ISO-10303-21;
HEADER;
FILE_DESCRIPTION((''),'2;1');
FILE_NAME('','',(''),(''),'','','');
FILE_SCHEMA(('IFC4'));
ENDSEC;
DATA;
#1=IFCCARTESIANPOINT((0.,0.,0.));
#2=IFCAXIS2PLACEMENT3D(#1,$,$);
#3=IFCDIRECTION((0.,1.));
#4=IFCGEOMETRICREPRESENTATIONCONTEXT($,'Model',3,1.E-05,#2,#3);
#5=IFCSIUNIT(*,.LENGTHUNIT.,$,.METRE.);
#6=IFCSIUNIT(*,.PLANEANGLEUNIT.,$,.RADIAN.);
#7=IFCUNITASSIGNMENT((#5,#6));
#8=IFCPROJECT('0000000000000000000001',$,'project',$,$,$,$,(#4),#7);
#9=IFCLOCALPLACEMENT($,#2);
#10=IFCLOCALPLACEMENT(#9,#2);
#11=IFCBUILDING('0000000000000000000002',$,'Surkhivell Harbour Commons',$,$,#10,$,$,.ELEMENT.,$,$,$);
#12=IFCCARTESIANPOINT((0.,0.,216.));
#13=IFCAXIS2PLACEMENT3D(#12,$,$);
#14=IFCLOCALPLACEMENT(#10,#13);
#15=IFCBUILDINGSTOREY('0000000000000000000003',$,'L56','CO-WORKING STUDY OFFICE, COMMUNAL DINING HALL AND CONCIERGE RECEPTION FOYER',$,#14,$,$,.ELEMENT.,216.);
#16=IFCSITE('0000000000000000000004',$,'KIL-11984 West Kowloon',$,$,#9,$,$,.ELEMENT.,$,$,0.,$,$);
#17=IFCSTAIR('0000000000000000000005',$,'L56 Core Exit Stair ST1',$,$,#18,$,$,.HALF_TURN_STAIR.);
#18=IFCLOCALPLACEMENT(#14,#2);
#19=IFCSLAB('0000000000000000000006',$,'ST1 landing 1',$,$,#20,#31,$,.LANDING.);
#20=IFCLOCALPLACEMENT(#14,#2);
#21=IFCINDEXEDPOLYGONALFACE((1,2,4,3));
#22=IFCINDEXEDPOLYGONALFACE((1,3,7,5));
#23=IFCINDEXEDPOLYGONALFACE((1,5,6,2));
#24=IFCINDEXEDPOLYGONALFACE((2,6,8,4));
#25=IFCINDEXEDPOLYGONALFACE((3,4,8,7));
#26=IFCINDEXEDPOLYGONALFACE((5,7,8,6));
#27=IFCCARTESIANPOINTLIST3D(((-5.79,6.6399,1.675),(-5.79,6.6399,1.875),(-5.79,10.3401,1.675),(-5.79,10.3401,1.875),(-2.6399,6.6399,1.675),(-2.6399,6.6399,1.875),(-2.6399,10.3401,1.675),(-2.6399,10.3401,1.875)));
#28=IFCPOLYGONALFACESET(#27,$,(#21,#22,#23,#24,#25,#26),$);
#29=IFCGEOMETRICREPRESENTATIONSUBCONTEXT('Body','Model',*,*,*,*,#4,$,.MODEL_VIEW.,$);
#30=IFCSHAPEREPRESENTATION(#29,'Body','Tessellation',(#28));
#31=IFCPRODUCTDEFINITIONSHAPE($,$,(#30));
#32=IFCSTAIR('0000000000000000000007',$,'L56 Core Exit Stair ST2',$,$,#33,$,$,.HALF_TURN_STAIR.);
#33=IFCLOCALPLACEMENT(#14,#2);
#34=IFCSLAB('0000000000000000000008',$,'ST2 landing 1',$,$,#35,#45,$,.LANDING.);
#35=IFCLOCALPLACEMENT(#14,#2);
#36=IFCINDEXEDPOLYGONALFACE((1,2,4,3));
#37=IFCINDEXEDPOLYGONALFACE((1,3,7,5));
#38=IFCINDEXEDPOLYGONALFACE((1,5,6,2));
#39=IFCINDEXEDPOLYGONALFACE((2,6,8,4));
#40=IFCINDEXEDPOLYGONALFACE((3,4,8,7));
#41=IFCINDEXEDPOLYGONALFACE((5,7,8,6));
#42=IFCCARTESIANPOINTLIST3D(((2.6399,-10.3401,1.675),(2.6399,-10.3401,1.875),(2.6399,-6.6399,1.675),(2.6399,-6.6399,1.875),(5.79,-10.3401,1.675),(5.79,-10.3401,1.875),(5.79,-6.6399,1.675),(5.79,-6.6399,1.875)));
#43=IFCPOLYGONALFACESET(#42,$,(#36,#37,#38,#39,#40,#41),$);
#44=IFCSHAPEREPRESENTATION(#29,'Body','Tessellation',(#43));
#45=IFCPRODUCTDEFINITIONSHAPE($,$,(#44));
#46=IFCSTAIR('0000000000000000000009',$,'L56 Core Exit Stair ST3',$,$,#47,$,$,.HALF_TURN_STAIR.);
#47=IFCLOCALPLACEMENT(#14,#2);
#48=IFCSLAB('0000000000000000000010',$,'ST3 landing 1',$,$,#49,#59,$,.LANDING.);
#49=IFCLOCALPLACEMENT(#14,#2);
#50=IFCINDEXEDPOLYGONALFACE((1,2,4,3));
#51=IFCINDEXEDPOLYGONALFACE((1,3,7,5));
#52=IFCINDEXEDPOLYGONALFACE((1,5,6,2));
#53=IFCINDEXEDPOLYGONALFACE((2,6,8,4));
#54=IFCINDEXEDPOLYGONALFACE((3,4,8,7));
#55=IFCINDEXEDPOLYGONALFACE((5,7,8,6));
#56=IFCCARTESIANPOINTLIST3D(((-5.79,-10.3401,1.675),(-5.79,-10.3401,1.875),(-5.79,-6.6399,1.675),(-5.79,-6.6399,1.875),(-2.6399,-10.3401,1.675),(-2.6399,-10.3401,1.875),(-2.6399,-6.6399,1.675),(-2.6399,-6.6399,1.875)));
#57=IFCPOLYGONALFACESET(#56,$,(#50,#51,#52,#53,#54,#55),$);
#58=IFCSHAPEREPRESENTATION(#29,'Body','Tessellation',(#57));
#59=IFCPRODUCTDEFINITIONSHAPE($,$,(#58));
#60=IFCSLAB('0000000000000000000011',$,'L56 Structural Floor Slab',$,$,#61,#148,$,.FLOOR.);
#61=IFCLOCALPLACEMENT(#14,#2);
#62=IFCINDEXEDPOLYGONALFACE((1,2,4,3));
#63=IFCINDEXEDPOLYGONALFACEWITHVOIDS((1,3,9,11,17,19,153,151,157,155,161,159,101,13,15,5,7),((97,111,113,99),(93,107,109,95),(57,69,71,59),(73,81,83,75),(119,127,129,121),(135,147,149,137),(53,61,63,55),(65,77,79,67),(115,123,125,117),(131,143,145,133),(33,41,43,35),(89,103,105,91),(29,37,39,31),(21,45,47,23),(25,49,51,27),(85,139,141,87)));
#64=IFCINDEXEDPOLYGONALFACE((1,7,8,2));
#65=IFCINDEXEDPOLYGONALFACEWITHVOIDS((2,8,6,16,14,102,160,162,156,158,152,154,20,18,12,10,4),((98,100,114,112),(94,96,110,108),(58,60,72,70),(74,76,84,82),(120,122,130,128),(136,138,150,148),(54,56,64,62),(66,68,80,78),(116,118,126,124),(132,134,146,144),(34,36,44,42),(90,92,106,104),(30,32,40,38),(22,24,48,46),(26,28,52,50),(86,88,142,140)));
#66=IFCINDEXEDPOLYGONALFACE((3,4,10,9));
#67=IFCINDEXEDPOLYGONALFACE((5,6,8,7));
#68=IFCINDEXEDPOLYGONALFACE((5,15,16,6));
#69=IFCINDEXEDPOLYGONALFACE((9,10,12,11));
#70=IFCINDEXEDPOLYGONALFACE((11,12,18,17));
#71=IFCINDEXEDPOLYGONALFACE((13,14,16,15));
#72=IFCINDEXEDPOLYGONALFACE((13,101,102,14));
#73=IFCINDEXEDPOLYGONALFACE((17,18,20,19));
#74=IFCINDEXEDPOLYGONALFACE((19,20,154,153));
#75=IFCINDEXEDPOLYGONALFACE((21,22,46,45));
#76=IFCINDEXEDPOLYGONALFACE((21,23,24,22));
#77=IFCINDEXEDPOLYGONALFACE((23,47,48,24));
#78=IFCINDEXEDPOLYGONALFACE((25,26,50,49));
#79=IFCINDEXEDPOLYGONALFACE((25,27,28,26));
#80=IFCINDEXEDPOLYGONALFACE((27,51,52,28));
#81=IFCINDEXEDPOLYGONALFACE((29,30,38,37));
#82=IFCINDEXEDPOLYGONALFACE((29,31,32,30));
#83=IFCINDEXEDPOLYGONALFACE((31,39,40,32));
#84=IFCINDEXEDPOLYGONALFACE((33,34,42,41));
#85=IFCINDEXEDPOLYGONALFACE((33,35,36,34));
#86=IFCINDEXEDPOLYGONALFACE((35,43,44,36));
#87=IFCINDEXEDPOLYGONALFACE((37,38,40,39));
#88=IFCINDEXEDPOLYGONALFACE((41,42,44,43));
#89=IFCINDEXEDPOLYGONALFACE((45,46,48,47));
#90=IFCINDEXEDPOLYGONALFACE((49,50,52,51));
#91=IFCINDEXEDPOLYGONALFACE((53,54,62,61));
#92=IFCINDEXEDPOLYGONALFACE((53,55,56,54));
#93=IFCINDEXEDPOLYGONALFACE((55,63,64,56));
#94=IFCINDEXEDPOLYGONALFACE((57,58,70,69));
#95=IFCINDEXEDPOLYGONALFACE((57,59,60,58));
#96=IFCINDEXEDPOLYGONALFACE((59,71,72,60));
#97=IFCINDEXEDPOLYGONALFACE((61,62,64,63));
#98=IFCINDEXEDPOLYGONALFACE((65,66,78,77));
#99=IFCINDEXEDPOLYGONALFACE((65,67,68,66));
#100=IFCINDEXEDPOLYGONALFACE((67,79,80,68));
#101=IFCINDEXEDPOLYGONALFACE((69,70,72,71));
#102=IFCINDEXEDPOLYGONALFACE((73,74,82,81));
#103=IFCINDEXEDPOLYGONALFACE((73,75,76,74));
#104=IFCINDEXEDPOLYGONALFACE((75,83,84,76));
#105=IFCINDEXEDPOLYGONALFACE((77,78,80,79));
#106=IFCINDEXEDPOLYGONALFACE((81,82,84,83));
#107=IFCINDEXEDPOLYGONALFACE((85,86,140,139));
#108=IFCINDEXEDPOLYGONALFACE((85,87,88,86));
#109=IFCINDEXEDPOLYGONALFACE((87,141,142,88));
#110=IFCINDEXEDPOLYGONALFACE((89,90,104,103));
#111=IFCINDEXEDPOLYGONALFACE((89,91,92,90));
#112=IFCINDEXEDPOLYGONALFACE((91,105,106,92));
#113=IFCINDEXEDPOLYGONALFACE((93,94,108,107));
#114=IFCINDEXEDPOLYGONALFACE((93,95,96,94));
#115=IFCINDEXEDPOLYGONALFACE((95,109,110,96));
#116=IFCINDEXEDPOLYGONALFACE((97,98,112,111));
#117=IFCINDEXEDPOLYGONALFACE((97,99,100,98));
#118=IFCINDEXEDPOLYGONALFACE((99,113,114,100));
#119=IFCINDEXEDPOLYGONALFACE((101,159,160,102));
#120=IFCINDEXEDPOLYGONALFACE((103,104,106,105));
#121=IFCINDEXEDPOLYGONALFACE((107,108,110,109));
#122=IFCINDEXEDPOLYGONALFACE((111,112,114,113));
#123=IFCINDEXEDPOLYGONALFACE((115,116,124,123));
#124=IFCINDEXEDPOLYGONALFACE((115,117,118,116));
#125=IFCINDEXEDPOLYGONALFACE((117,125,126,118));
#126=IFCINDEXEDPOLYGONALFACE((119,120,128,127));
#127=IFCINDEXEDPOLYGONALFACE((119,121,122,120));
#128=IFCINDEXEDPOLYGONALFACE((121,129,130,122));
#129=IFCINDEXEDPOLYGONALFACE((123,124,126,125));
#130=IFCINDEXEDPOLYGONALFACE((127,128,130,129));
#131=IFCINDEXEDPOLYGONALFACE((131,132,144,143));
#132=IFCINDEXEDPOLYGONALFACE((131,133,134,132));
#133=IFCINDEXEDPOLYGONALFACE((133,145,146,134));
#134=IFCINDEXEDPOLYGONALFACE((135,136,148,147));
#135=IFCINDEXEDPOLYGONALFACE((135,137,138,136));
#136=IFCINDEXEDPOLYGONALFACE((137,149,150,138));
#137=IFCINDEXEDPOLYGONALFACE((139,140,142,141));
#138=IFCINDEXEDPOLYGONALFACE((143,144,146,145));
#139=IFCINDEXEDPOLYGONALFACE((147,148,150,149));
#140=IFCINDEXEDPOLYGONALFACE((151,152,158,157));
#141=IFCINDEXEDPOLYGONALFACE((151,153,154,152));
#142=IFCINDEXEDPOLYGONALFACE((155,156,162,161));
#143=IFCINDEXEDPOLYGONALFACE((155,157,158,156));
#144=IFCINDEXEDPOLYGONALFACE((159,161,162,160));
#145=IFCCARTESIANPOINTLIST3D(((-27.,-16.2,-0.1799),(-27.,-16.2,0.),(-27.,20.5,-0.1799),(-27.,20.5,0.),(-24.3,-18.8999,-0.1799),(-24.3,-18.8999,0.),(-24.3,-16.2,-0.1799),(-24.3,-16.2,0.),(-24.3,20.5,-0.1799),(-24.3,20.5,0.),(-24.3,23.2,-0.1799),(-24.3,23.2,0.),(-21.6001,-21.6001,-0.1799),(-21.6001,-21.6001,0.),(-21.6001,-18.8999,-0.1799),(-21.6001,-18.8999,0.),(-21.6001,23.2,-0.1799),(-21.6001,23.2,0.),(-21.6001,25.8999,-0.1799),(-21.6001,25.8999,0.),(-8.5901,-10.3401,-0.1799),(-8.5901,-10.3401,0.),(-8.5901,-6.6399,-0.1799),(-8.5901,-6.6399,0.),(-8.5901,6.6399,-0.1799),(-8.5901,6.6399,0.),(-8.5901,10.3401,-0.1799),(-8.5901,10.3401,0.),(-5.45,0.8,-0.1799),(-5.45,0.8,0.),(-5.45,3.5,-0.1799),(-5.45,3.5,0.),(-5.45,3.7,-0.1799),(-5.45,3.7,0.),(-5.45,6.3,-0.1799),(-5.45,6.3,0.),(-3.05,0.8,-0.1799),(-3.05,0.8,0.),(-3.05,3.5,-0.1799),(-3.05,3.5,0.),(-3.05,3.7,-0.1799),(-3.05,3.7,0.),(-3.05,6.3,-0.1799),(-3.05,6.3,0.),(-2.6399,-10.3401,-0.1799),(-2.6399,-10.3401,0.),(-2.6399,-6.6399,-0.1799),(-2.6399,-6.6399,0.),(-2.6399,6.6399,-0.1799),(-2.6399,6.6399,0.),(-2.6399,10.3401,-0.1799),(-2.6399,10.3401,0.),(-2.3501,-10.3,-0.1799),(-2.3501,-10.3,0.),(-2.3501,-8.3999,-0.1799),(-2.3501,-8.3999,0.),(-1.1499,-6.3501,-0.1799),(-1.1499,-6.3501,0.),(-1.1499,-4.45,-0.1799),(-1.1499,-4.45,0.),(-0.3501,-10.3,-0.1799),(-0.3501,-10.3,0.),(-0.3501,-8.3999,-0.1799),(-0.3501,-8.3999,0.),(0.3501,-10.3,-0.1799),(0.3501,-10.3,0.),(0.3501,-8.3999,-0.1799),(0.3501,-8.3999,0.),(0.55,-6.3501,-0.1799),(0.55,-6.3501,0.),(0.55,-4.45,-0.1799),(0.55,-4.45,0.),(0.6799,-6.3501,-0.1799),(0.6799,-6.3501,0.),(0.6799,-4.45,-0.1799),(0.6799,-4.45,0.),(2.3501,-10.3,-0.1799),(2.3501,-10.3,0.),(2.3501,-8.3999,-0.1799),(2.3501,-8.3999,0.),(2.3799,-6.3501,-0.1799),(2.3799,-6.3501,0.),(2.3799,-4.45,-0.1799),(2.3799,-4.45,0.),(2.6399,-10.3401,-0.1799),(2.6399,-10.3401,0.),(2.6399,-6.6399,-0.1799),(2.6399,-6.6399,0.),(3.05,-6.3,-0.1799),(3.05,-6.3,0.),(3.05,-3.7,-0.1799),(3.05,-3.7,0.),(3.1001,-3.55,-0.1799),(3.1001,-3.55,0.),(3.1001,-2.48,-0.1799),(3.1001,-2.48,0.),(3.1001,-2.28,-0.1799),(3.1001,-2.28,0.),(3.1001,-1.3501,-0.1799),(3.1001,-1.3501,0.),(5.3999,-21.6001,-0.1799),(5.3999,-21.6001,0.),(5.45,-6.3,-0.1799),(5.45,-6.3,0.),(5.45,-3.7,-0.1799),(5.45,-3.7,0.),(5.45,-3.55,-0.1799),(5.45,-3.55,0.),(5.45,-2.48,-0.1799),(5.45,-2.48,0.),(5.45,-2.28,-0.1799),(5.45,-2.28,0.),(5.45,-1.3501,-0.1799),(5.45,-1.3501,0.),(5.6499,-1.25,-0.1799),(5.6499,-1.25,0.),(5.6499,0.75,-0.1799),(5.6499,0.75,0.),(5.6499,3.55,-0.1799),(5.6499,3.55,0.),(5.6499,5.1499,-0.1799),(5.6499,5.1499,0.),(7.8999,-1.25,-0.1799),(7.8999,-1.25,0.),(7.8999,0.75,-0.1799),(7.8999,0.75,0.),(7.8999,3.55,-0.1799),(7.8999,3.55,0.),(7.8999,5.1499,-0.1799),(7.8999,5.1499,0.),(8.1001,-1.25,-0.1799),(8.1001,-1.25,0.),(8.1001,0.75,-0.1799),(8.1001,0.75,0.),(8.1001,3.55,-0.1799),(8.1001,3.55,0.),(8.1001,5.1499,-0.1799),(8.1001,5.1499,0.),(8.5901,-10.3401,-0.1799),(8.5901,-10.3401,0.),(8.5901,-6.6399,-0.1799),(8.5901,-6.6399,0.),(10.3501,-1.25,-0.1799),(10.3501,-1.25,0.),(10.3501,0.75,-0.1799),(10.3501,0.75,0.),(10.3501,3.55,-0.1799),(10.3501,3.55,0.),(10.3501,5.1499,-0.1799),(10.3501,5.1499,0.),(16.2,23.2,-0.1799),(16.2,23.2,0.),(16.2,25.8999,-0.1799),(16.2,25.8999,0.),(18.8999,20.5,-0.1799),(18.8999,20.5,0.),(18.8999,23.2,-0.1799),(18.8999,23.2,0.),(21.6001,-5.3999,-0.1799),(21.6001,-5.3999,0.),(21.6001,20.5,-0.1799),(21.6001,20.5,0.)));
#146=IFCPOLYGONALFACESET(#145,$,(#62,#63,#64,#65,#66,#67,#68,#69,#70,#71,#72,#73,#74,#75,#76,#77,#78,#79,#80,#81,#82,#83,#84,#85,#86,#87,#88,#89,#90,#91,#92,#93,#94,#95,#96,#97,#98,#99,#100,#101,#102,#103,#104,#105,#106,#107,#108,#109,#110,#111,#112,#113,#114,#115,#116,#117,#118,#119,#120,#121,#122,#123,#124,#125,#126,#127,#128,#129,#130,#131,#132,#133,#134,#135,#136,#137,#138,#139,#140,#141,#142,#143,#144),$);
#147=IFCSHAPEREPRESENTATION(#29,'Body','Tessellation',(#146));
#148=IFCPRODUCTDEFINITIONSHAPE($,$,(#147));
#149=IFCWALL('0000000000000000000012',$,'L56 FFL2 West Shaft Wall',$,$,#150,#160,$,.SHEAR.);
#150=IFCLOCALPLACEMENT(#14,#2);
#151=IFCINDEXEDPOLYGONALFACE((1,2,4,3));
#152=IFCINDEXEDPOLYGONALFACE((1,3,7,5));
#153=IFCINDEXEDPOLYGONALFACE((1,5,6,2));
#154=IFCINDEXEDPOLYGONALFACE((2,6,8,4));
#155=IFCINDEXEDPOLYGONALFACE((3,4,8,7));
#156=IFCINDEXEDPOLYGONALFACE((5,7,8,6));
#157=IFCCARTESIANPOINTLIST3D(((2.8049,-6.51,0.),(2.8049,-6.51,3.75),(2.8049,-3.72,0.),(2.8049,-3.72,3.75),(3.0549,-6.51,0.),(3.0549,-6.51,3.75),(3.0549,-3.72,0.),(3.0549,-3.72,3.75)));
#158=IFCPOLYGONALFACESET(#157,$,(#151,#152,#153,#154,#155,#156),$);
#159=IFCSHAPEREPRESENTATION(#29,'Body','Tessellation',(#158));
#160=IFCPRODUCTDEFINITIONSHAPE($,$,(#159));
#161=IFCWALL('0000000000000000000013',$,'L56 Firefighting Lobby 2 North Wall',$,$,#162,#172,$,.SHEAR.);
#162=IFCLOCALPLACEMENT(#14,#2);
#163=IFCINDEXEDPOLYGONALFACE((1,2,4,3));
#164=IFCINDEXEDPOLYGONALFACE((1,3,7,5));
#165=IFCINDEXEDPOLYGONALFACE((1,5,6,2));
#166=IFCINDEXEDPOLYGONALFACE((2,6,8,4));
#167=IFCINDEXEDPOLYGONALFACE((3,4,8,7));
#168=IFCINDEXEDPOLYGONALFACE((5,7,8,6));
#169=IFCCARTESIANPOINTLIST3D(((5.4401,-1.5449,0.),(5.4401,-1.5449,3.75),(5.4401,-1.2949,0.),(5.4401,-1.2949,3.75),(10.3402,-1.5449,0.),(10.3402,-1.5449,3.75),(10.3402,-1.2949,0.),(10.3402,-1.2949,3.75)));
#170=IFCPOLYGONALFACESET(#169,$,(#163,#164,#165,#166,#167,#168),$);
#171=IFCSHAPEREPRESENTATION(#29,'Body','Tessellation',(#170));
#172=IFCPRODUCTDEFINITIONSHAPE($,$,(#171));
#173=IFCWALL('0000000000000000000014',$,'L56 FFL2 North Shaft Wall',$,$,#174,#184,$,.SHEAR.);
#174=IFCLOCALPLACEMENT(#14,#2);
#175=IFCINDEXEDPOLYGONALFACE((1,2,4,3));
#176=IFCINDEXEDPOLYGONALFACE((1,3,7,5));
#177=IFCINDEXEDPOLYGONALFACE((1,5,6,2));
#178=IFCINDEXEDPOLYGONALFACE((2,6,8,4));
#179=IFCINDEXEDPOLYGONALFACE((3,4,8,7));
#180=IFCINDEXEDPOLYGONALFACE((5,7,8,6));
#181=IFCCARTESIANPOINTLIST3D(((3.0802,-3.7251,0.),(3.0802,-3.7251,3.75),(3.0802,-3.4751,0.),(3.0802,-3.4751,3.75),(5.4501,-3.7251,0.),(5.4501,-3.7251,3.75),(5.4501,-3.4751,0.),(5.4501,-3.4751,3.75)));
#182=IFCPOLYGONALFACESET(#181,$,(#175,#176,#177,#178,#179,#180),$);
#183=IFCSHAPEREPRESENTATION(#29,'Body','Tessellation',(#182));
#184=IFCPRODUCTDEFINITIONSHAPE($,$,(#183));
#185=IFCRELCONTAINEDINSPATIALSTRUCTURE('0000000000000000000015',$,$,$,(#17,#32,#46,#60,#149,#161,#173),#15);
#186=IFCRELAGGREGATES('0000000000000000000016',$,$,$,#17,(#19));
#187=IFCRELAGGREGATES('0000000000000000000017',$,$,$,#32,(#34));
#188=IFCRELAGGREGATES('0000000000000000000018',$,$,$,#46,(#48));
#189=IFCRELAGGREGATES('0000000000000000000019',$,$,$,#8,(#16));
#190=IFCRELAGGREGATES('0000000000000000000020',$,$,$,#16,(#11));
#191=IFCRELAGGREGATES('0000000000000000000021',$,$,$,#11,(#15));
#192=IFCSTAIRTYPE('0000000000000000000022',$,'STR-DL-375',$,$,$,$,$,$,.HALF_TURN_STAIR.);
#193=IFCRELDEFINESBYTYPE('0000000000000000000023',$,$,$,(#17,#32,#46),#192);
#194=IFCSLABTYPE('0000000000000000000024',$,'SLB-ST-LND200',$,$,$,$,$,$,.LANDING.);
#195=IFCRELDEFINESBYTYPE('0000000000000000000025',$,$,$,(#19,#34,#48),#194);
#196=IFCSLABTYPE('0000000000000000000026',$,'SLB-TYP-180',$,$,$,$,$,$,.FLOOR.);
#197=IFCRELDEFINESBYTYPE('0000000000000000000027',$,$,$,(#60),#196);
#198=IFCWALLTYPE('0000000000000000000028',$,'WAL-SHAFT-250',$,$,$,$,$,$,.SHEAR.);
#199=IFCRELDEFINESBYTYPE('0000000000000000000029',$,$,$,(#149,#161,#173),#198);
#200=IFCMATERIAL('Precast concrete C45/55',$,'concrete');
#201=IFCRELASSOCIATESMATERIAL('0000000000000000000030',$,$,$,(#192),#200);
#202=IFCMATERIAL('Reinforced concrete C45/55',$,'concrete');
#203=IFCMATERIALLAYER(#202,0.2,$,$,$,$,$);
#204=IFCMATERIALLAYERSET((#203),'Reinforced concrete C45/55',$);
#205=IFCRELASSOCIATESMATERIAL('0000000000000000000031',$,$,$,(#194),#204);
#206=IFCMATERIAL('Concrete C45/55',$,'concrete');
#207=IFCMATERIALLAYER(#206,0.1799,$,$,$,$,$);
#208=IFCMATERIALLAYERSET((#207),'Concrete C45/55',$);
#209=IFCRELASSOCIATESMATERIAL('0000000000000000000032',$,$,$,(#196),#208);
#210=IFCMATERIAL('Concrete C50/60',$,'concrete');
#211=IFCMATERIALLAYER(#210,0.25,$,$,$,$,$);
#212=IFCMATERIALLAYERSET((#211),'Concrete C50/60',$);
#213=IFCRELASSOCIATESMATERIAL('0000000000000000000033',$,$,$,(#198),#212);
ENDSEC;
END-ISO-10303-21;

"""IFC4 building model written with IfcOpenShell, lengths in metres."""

from ifc_helpers import new_model, si_unit, direction, frame, frame_2d, origin, place, context, subcontext, project, spatial, polyline, rectangle, outline, extrude, material, layer, layer_set, type_object, element, aggregate, save


model = new_model("IFC4")

# Units and contexts
model_context = context("Model", 3, precision=1e-05, world=origin(), true_north=direction((0.0, 1.0)))
body_context = subcontext(model_context, "Body", "Model", "MODEL_VIEW")
ifc_project = project(units=[si_unit("LENGTHUNIT", "METRE"), si_unit("PLANEANGLEUNIT", "RADIAN")], contexts=[model_context])

# Site, building, storey
site_placement = place(None, origin())
site = spatial("IfcSite", under=ifc_project, at=site_placement, Name="KIL-11984 West Kowloon", CompositionType="ELEMENT", RefElevation=0.0)
building_placement = place(site_placement, origin())
building = spatial("IfcBuilding", under=site, at=building_placement, Name="Surkhivell Harbour Commons", CompositionType="ELEMENT")
storey_placement = place(building_placement, frame((0.0, 0.0, 216.0)))
storey = spatial("IfcBuildingStorey", under=building, at=storey_placement, Name="L56", Description="CO-WORKING STUDY OFFICE, COMMUNAL DINING HALL AND CONCIERGE RECEPTION FOYER", CompositionType="ELEMENT", Elevation=216.0)

# Stairs, slabs
ifc_material_1 = material(Name="Precast concrete C45/55", Category="concrete")
stair_type = type_object("IfcStairType", Name="STR-DL-375", PredefinedType="HALF_TURN_STAIR", material=ifc_material_1)
stair_1_placement = place(storey_placement, origin())
stair_1 = element("IfcStair", 1, at=stair_1_placement, inside=storey, type_object=stair_type, Name="L56 Core Exit Stair ST1", PredefinedType="HALF_TURN_STAIR")
ifc_material_2 = material(Name="Reinforced concrete C45/55", Category="concrete")
ifc_layer_1 = layer(ifc_material_2, 0.2)
ifc_layer_set_1 = layer_set([ifc_layer_1], Name="Reinforced concrete C45/55")
slab_type_1 = type_object("IfcSlabType", Name="SLB-ST-LND200", PredefinedType="LANDING", material=ifc_layer_set_1)
slab_1_placement = place(storey_placement, frame((0.0, 0.0, 1.675)))
slab_1 = element("IfcSlab", 2, at=slab_1_placement, type_object=slab_type_1, Name="ST1 landing 1", PredefinedType="LANDING", context=body_context, shape_type="SweptSolid", body=[
    extrude(outline(polyline([(-5.79, 6.6399), (-2.6399, 6.6399), (-2.6399, 10.3401), (-5.79, 10.3401), (-5.79, 6.6399)])), origin(), (0.0, 0.0, 1.0), 0.2),
])
aggregate(stair_1, [slab_1])
stair_2_placement = place(storey_placement, origin())
stair_2 = element("IfcStair", 3, at=stair_2_placement, inside=storey, type_object=stair_type, Name="L56 Core Exit Stair ST2", PredefinedType="HALF_TURN_STAIR")
slab_2_placement = place(storey_placement, frame((0.0, 0.0, 1.675)))
slab_2 = element("IfcSlab", 4, at=slab_2_placement, type_object=slab_type_1, Name="ST2 landing 1", PredefinedType="LANDING", context=body_context, shape_type="SweptSolid", body=[
    extrude(outline(polyline([(5.79, -6.6399), (2.6399, -6.6399), (2.6399, -10.3401), (5.79, -10.3401), (5.79, -6.6399)])), origin(), (0.0, 0.0, 1.0), 0.2),
])
aggregate(stair_2, [slab_2])
stair_3_placement = place(storey_placement, origin())
stair_3 = element("IfcStair", 5, at=stair_3_placement, inside=storey, type_object=stair_type, Name="L56 Core Exit Stair ST3", PredefinedType="HALF_TURN_STAIR")
slab_3_placement = place(storey_placement, frame((0.0, 0.0, 1.675)))
slab_3 = element("IfcSlab", 6, at=slab_3_placement, type_object=slab_type_1, Name="ST3 landing 1", PredefinedType="LANDING", context=body_context, shape_type="SweptSolid", body=[
    extrude(outline(polyline([(-5.79, -10.3401), (-2.6399, -10.3401), (-2.6399, -6.6399), (-5.79, -6.6399), (-5.79, -10.3401)])), origin(), (0.0, 0.0, 1.0), 0.2),
])
aggregate(stair_3, [slab_3])

# Slab
ifc_material_3 = material(Name="Concrete C45/55", Category="concrete")
ifc_layer_2 = layer(ifc_material_3, 0.1799)
ifc_layer_set_2 = layer_set([ifc_layer_2], Name="Concrete C45/55")
slab_type_2 = type_object("IfcSlabType", Name="SLB-TYP-180", PredefinedType="FLOOR", material=ifc_layer_set_2)
slab_4_placement = place(storey_placement, frame((0.0, 0.0, -0.1799)))
element("IfcSlab", 7, at=slab_4_placement, inside=storey, type_object=slab_type_2, Name="L56 Structural Floor Slab", PredefinedType="FLOOR", context=body_context, shape_type="SweptSolid", body=[
    extrude(outline(polyline([(-21.6001, -21.6001), (5.3999, -21.6001), (21.6001, -5.3999), (21.6001, 20.5), (18.8999, 20.5), (18.8999, 23.2), (16.2, 23.2), (16.2, 25.8999), (-21.6001, 25.8999), (-21.6001, 23.2), (-24.3, 23.2), (-24.3, 20.5), (-27.0, 20.5), (-27.0, -16.2), (-24.3, -16.2), (-24.3, -18.8999), (-21.6001, -18.8999), (-21.6001, -21.6001)]), holes=[polyline([(-8.5901, 6.6399), (-2.6399, 6.6399), (-2.6399, 10.3401), (-8.5901, 10.3401), (-8.5901, 6.6399)]), polyline([(8.5901, -6.6399), (2.6399, -6.6399), (2.6399, -10.3401), (8.5901, -10.3401), (8.5901, -6.6399)]), polyline([(-8.5901, -10.3401), (-2.6399, -10.3401), (-2.6399, -6.6399), (-8.5901, -6.6399), (-8.5901, -10.3401)]), polyline([(5.6499, 3.55), (7.8999, 3.55), (7.8999, 5.1499), (5.6499, 5.1499), (5.6499, 3.55)]), polyline([(8.1001, 3.55), (10.3501, 3.55), (10.3501, 5.1499), (8.1001, 5.1499), (8.1001, 3.55)]), polyline([(5.6499, -1.25), (7.8999, -1.25), (7.8999, 0.75), (5.6499, 0.75), (5.6499, -1.25)]), polyline([(8.1001, -1.25), (10.3501, -1.25), (10.3501, 0.75), (8.1001, 0.75), (8.1001, -1.25)]), polyline([(-1.1499, -6.3501), (0.55, -6.3501), (0.55, -4.45), (-1.1499, -4.45), (-1.1499, -6.3501)]), polyline([(0.6799, -6.3501), (2.3799, -6.3501), (2.3799, -4.45), (0.6799, -4.45), (0.6799, -6.3501)]), polyline([(-2.3501, -10.3), (-0.3501, -10.3), (-0.3501, -8.3999), (-2.3501, -8.3999), (-2.3501, -10.3)]), polyline([(0.3501, -10.3), (2.3501, -10.3), (2.3501, -8.3999), (0.3501, -8.3999), (0.3501, -10.3)]), polyline([(-5.45, 3.7), (-3.05, 3.7), (-3.05, 6.3), (-5.45, 6.3), (-5.45, 3.7)]), polyline([(3.05, -6.3), (5.45, -6.3), (5.45, -3.7), (3.05, -3.7), (3.05, -6.3)]), polyline([(-5.45, 0.8), (-3.05, 0.8), (-3.05, 3.5), (-5.45, 3.5), (-5.45, 0.8)]), polyline([(3.1001, -3.55), (5.45, -3.55), (5.45, -2.48), (3.1001, -2.48), (3.1001, -3.55)]), polyline([(3.1001, -2.28), (5.45, -2.28), (5.45, -1.3501), (3.1001, -1.3501), (3.1001, -2.28)])]), origin(), (0.0, 0.0, 1.0), 0.1799),
])

# Walls
ifc_material_4 = material(Name="Concrete C50/60", Category="concrete")
ifc_layer_3 = layer(ifc_material_4, 0.25)
ifc_layer_set_3 = layer_set([ifc_layer_3], Name="Concrete C50/60")
wall_type = type_object("IfcWallType", Name="WAL-SHAFT-250", PredefinedType="SHEAR", material=ifc_layer_set_3)
wall_1_placement = place(storey_placement, frame((2.9299, -6.51, 0.0), z_axis=(0.0, 0.0, 1.0), x_axis=(0.0, 1.0, 0.0)))
element("IfcWall", 8, at=wall_1_placement, inside=storey, type_object=wall_type, Name="L56 FFL2 West Shaft Wall", PredefinedType="SHEAR", context=body_context, shape_type="SweptSolid", body=[
    extrude(rectangle(XDim=2.79, YDim=0.25, at=frame_2d((1.395, 0.0))), origin(), (0.0, 0.0, 1.0), 3.75),
])
wall_2_placement = place(storey_placement, frame((5.4399, -1.4199, 0.0), z_axis=(0.0, 0.0, 1.0), x_axis=(1.0, 0.0, 0.0)))
element("IfcWall", 9, at=wall_2_placement, inside=storey, type_object=wall_type, Name="L56 Firefighting Lobby 2 North Wall", PredefinedType="SHEAR", context=body_context, shape_type="SweptSolid", body=[
    extrude(rectangle(XDim=4.9001, YDim=0.25, at=frame_2d((2.4502, 0.0))), origin(), (0.0, 0.0, 1.0), 3.75),
])
wall_3_placement = place(storey_placement, frame((3.0801, -3.6001, 0.0), z_axis=(0.0, 0.0, 1.0), x_axis=(1.0, 0.0, 0.0)))
element("IfcWall", 10, at=wall_3_placement, inside=storey, type_object=wall_type, Name="L56 FFL2 North Shaft Wall", PredefinedType="SHEAR", context=body_context, shape_type="SweptSolid", body=[
    extrude(rectangle(XDim=2.3699, YDim=0.25, at=frame_2d((1.1851, 0.0))), origin(), (0.0, 0.0, 1.0), 3.75),
])

save(model, "model.ifc")
